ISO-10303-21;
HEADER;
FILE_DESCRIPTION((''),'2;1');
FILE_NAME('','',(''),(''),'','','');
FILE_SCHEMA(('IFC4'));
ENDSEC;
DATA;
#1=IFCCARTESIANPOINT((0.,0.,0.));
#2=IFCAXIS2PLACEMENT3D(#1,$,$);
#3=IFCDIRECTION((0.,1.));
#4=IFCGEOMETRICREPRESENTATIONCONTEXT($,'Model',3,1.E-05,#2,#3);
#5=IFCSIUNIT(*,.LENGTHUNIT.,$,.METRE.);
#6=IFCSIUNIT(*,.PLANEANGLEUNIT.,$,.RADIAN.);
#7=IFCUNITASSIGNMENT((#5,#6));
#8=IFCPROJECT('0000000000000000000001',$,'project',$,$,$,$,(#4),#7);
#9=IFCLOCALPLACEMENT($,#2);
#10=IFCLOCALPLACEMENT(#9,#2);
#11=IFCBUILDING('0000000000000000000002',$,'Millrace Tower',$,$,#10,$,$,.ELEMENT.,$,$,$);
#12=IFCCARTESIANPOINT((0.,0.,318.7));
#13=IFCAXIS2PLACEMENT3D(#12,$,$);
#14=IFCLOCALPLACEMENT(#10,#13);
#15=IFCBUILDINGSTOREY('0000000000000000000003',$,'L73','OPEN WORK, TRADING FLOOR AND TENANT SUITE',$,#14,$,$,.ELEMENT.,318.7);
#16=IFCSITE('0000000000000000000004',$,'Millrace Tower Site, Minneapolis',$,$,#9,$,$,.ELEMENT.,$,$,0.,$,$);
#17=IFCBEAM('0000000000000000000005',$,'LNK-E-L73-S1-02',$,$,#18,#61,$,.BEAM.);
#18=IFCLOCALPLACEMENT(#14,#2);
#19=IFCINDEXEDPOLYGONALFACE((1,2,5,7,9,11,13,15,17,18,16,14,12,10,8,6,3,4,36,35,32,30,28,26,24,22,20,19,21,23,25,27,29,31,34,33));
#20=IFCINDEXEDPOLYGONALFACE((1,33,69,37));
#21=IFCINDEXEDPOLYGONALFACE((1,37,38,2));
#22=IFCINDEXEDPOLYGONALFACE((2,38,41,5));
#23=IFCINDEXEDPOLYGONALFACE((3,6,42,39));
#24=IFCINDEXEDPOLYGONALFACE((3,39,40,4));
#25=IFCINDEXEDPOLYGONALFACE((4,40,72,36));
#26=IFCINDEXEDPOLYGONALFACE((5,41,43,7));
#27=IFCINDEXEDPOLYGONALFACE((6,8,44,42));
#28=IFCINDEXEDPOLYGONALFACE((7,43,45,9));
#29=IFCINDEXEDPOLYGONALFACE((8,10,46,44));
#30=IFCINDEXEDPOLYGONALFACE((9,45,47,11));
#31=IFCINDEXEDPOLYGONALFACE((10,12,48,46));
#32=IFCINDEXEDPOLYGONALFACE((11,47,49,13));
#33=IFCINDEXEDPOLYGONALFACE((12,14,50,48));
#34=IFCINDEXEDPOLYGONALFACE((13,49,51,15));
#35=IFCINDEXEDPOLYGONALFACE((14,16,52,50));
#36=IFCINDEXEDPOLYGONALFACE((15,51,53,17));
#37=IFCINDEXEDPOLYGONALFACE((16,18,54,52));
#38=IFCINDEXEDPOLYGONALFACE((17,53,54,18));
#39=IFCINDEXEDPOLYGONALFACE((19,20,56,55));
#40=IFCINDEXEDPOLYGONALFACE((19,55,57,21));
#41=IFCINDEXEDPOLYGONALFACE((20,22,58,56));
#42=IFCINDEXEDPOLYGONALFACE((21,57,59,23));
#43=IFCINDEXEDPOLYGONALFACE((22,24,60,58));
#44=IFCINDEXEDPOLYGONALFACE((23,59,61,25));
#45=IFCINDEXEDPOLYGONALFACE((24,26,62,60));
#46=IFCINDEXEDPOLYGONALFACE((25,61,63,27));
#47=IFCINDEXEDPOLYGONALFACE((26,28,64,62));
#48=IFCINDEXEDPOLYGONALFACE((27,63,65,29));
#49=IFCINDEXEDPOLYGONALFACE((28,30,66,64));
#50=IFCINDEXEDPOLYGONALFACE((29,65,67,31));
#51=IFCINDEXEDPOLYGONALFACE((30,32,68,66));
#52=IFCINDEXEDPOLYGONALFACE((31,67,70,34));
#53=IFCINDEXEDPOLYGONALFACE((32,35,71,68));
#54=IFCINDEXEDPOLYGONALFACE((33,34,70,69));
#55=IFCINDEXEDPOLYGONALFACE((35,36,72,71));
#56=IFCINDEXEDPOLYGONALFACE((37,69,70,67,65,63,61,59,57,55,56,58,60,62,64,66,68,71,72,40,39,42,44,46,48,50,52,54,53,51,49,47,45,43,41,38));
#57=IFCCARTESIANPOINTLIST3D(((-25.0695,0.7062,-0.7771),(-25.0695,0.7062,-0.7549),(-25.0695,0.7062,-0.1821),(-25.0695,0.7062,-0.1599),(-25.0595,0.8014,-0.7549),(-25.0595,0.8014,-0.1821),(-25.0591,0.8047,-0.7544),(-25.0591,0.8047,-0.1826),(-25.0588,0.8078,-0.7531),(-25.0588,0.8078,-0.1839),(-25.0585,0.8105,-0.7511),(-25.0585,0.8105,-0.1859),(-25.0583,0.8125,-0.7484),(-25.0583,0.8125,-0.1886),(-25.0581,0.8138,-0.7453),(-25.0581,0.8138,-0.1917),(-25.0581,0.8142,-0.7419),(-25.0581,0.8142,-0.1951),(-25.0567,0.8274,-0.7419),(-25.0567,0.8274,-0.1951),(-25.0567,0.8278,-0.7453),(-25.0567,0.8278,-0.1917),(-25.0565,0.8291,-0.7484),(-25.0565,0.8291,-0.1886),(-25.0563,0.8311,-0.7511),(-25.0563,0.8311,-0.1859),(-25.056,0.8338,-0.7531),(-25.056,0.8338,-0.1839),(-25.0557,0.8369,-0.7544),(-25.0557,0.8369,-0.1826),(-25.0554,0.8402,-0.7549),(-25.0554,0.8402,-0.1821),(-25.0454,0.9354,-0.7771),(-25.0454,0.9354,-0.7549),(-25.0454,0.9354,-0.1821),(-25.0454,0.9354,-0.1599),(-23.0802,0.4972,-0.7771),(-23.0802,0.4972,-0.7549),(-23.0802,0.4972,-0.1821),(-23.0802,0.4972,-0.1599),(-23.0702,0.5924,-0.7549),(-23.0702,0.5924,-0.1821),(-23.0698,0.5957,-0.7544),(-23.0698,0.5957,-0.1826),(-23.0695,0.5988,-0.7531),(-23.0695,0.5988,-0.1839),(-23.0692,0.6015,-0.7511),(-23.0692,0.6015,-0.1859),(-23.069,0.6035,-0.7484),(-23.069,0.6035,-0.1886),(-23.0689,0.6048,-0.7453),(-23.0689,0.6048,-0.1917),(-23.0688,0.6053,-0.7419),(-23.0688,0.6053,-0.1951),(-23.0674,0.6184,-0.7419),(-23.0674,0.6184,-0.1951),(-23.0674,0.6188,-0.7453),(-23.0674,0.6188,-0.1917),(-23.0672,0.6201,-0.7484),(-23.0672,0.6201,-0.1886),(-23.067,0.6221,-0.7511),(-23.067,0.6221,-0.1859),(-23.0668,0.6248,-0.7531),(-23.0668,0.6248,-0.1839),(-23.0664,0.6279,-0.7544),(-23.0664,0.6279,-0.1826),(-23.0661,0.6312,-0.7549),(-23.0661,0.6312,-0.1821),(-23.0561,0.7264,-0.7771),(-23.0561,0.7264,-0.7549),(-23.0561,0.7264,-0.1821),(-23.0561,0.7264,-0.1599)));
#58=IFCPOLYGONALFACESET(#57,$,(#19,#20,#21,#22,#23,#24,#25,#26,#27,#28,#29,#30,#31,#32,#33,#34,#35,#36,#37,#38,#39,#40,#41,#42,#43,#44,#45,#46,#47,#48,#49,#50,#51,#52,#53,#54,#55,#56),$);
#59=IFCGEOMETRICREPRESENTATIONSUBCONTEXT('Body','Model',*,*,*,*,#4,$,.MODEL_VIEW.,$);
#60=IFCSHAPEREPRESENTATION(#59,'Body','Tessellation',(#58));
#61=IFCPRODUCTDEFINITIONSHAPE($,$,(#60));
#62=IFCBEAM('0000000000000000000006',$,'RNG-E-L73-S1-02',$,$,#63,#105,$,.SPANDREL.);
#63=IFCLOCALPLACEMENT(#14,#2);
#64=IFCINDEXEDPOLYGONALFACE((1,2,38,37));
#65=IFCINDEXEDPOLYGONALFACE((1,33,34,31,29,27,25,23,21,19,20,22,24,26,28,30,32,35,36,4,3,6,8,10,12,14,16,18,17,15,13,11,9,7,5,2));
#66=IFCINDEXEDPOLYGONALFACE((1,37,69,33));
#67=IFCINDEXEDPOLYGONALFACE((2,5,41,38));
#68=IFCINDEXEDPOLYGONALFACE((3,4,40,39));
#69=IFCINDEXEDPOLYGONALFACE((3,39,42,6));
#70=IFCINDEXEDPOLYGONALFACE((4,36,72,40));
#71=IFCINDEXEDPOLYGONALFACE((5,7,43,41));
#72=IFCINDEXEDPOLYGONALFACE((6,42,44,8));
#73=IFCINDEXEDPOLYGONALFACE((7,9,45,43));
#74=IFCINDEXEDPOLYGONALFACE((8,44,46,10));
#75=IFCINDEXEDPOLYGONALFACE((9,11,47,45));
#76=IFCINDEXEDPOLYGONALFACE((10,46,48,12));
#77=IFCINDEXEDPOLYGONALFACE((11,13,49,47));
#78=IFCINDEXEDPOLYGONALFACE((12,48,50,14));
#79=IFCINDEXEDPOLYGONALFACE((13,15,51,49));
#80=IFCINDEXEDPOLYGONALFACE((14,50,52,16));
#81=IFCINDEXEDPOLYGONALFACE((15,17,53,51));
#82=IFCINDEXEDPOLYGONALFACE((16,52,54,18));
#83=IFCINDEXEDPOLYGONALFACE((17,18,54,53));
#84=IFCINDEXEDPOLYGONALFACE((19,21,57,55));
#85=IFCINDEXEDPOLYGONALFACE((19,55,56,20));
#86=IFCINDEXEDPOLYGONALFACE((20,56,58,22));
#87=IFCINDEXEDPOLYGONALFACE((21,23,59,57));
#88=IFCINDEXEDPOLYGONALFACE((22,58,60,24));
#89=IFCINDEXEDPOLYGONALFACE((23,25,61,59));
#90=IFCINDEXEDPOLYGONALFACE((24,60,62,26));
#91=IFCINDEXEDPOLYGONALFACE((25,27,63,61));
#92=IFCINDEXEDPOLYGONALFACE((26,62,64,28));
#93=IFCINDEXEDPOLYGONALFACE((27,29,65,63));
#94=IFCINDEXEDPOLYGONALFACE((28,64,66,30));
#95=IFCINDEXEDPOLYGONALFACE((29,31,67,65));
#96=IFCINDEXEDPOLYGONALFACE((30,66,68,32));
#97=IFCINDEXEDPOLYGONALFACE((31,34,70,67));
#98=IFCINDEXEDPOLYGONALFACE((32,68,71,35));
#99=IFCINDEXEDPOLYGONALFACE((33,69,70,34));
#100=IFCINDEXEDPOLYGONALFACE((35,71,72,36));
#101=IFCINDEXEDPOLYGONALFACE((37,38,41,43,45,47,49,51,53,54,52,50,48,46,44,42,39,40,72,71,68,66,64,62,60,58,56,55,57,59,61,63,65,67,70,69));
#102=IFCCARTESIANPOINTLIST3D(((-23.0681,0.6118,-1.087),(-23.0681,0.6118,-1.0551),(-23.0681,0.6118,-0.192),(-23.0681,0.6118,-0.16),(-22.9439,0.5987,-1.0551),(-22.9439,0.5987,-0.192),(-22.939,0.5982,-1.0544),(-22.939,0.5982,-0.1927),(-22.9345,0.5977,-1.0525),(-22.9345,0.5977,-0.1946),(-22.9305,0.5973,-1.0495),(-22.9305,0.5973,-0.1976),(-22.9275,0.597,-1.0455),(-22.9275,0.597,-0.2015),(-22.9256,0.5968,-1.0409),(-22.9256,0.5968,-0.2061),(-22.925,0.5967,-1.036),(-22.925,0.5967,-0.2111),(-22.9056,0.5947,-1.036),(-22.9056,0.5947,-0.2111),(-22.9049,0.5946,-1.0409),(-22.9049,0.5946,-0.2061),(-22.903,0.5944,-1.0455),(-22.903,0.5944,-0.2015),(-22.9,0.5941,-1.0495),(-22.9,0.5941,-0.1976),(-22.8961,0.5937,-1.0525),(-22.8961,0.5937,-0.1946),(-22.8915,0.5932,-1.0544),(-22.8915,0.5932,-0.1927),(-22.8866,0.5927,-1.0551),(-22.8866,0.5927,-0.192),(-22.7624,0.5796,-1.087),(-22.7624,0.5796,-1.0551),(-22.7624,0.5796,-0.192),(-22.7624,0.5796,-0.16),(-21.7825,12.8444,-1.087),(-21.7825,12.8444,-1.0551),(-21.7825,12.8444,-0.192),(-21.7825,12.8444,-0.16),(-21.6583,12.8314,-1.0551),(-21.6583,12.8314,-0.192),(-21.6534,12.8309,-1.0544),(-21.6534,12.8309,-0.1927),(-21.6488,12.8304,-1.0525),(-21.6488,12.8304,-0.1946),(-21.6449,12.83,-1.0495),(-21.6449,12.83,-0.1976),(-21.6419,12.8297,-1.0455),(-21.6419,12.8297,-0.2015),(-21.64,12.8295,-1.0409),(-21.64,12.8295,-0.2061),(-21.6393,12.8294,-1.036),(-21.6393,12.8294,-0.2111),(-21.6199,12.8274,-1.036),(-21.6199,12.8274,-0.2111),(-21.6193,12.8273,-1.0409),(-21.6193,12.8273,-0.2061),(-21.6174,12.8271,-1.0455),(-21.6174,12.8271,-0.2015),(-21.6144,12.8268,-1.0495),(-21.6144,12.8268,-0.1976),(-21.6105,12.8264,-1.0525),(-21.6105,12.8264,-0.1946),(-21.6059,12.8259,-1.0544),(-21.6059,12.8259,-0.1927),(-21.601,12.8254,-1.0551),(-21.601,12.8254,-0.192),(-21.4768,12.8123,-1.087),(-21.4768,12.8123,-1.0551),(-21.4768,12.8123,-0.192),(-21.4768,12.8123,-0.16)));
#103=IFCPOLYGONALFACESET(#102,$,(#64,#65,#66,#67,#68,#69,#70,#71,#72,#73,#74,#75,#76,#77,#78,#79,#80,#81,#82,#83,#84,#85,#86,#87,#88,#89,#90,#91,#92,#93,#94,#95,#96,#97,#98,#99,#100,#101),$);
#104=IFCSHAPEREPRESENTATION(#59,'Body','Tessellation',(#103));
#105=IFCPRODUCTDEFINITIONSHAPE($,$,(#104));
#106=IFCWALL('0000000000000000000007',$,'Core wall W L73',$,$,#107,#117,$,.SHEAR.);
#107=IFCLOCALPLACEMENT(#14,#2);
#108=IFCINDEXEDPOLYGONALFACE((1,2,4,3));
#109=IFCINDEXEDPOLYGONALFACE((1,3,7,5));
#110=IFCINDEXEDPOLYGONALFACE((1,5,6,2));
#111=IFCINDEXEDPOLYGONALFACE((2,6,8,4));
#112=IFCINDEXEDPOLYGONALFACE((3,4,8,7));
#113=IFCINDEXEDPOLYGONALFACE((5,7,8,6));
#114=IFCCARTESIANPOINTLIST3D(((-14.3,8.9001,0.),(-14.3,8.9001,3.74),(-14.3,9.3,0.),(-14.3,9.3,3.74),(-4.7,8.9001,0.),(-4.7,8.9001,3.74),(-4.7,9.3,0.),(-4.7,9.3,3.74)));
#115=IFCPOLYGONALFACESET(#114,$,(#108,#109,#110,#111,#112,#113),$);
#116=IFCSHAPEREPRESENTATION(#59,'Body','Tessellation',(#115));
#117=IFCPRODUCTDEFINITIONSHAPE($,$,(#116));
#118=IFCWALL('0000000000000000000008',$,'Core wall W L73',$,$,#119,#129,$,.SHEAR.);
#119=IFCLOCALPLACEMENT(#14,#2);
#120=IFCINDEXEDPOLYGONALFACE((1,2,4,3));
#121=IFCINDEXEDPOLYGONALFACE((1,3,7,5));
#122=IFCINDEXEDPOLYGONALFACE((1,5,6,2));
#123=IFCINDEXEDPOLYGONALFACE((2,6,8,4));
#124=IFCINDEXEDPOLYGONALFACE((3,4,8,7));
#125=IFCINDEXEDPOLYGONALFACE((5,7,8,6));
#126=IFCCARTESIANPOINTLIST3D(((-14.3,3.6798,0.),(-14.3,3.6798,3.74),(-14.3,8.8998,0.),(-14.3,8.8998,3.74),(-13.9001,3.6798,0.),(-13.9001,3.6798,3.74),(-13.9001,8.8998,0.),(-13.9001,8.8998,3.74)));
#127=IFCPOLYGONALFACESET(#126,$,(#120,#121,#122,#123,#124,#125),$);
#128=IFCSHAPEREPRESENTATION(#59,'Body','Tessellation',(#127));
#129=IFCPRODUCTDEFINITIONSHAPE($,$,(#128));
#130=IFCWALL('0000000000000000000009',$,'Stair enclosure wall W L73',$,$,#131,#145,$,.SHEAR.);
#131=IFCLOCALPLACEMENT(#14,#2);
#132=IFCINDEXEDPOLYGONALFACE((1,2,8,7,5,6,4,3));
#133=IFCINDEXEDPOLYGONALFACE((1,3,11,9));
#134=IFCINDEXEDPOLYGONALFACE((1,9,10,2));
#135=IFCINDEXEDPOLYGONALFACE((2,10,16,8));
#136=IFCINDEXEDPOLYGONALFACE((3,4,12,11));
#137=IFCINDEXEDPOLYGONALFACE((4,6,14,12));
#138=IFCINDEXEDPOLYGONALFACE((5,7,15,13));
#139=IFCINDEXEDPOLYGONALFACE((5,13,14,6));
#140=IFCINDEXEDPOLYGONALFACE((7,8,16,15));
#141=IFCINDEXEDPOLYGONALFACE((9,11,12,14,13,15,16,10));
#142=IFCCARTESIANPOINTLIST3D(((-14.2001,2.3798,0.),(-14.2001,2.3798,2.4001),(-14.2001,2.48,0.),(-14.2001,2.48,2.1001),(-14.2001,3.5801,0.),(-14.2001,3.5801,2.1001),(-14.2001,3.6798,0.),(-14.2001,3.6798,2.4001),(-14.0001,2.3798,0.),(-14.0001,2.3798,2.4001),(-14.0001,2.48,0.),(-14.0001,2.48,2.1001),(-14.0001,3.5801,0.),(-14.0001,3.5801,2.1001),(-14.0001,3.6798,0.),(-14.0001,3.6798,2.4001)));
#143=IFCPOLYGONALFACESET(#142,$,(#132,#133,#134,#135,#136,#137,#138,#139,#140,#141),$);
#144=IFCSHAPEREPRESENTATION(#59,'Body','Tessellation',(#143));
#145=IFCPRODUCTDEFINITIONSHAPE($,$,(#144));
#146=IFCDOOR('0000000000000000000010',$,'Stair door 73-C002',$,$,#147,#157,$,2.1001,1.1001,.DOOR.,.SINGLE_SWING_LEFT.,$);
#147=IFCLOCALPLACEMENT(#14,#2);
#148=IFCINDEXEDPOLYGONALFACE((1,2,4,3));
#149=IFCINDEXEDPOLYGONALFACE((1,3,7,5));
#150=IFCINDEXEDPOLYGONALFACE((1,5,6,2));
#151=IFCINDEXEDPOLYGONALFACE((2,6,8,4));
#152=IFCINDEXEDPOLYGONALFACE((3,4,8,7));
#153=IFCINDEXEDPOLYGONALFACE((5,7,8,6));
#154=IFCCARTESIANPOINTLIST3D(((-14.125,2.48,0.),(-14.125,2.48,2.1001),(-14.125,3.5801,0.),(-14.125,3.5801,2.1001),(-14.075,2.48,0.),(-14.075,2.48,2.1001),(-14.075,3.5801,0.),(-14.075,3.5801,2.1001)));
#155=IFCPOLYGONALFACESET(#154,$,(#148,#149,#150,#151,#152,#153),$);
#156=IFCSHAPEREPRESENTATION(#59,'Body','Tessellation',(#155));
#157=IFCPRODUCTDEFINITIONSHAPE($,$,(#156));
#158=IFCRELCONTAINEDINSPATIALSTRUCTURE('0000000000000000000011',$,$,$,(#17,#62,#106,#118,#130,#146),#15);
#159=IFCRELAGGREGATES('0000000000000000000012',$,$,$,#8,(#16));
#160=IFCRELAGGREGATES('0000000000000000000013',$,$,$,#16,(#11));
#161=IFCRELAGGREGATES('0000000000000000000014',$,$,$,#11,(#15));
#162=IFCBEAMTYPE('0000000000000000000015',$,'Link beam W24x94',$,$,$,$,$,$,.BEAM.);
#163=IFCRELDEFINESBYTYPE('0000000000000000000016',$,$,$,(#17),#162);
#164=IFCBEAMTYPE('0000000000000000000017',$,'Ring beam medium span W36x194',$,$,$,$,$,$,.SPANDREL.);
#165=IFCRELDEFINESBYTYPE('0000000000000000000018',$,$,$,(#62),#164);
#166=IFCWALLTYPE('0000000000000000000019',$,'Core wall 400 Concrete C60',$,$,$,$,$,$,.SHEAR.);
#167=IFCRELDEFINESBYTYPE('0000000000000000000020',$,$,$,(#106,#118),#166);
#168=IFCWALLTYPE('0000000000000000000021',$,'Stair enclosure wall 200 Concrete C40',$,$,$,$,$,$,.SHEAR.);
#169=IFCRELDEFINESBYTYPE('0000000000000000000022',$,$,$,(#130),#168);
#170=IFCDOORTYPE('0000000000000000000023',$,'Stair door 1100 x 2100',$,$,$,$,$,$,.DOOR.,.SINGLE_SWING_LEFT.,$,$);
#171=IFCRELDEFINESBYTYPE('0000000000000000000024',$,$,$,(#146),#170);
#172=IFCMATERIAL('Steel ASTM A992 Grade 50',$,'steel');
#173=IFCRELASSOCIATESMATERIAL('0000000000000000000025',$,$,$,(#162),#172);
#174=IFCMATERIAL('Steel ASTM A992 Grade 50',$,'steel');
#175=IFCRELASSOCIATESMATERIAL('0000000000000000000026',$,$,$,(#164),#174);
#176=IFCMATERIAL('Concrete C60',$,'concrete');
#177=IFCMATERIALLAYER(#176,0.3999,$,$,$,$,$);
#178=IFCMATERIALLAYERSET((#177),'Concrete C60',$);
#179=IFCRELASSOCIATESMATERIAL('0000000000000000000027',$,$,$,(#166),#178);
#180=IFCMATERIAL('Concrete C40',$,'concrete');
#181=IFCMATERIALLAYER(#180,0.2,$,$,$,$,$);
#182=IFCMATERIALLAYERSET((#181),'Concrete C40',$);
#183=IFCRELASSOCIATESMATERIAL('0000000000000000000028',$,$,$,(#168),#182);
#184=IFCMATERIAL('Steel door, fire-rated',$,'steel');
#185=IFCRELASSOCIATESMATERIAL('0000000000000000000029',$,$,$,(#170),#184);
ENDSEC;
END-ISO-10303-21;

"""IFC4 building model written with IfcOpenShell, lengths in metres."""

from ifc_helpers import new_model, si_unit, direction, frame, frame_2d, origin, origin_2d, place, context, subcontext, project, spatial, rectangle, i_section, extrude, material, layer, layer_set, material_profile, profile_set, type_object, element, fill, save


model = new_model("IFC4")

# Units and contexts
model_context = context("Model", 3, precision=1e-05, world=origin(), true_north=direction((0.0, 1.0)))
body_context = subcontext(model_context, "Body", "Model", "MODEL_VIEW")
ifc_project = project(units=[si_unit("LENGTHUNIT", "METRE"), si_unit("PLANEANGLEUNIT", "RADIAN")], contexts=[model_context])

# Site, building, storey
site_placement = place(None, origin())
site = spatial("IfcSite", under=ifc_project, at=site_placement, Name="Millrace Tower Site, Minneapolis", CompositionType="ELEMENT", RefElevation=0.0)
building_placement = place(site_placement, origin())
building = spatial("IfcBuilding", under=site, at=building_placement, Name="Millrace Tower", CompositionType="ELEMENT")
storey_placement = place(building_placement, frame((0.0, 0.0, 318.7)))
storey = spatial("IfcBuildingStorey", under=building, at=storey_placement, Name="L73", Description="OPEN WORK, TRADING FLOOR AND TENANT SUITE", CompositionType="ELEMENT", Elevation=318.7)

# Beams
ifc_material_1 = material(Name="Steel ASTM A992 Grade 50", Category="steel")
ifc_material_profile_1 = material_profile(ifc_material_1, i_section(OverallWidth=0.2305, OverallDepth=0.6172, WebThickness=0.0132, FlangeThickness=0.0222, FilletRadius=0.0129, at=origin_2d()))
ifc_profile_set_1 = profile_set([ifc_material_profile_1], Name="Steel ASTM A992 Grade 50")
beam_type_1 = type_object("IfcBeamType", Name="Link beam W24x94", PredefinedType="BEAM", material=ifc_profile_set_1)
beam_1_placement = place(storey_placement, frame((-23.0681, 0.6118, -0.4685), z_axis=(-0.994527, 0.104481, 0.0), x_axis=(-0.104481, -0.994527, 0.0)))
element("IfcBeam", 1, at=beam_1_placement, inside=storey, type_object=beam_type_1, Name="LNK-E-L73-S1-02", PredefinedType="BEAM", context=body_context, shape_type="SweptSolid", body=[
    extrude(i_section(OverallWidth=0.2305, OverallDepth=0.6172, WebThickness=0.0132, FlangeThickness=0.0222, FilletRadius=0.0129, at=origin_2d()), origin(), (0.0, 0.0, 1.0), 2.0002),
])
ifc_material_2 = material(Name="Steel ASTM A992 Grade 50", Category="steel")
ifc_material_profile_2 = material_profile(ifc_material_2, i_section(OverallWidth=0.3074, OverallDepth=0.927, WebThickness=0.0195, FlangeThickness=0.032, FilletRadius=0.019, at=origin_2d()))
ifc_profile_set_2 = profile_set([ifc_material_profile_2], Name="Steel ASTM A992 Grade 50")
beam_type_2 = type_object("IfcBeamType", Name="Ring beam medium span W36x194", PredefinedType="SPANDREL", material=ifc_profile_set_2)
beam_2_placement = place(storey_placement, frame((-22.9153, 0.5957, -0.6235), z_axis=(0.104524, 0.994522, 0.0), x_axis=(-0.994522, 0.104524, 0.0)))
element("IfcBeam", 2, at=beam_2_placement, inside=storey, type_object=beam_type_2, Name="RNG-E-L73-S1-02", PredefinedType="SPANDREL", context=body_context, shape_type="SweptSolid", body=[
    extrude(i_section(OverallWidth=0.3074, OverallDepth=0.927, WebThickness=0.0195, FlangeThickness=0.032, FilletRadius=0.019, at=origin_2d()), origin(), (0.0, 0.0, 1.0), 12.3),
])

# Walls
ifc_material_3 = material(Name="Concrete C60", Category="concrete")
ifc_layer_1 = layer(ifc_material_3, 0.3999)
ifc_layer_set_1 = layer_set([ifc_layer_1], Name="Concrete C60")
wall_type_1 = type_object("IfcWallType", Name="Core wall 400 Concrete C60", PredefinedType="SHEAR", material=ifc_layer_set_1)
wall_1_placement = place(storey_placement, frame((-14.3, 9.1001, 0.0), z_axis=(0.0, 0.0, 1.0), x_axis=(1.0, 0.0, 0.0)))
element("IfcWall", 3, at=wall_1_placement, inside=storey, type_object=wall_type_1, Name="Core wall W L73", PredefinedType="SHEAR", context=body_context, shape_type="SweptSolid", body=[
    extrude(rectangle(XDim=9.6001, YDim=0.3999, at=frame_2d((4.8, 0.0))), origin(), (0.0, 0.0, 1.0), 3.74),
])
wall_2_placement = place(storey_placement, frame((-14.1001, 3.6799, 0.0), z_axis=(0.0, 0.0, 1.0), x_axis=(0.0, 1.0, 0.0)))
element("IfcWall", 4, at=wall_2_placement, inside=storey, type_object=wall_type_1, Name="Core wall W L73", PredefinedType="SHEAR", context=body_context, shape_type="SweptSolid", body=[
    extrude(rectangle(XDim=5.22, YDim=0.3999, at=frame_2d((2.6099, 0.0))), origin(), (0.0, 0.0, 1.0), 3.74),
])

# Wall, opening, door
ifc_material_4 = material(Name="Concrete C40", Category="concrete")
ifc_layer_2 = layer(ifc_material_4, 0.2)
ifc_layer_set_2 = layer_set([ifc_layer_2], Name="Concrete C40")
wall_type_2 = type_object("IfcWallType", Name="Stair enclosure wall 200 Concrete C40", PredefinedType="SHEAR", material=ifc_layer_set_2)
wall_3_placement = place(storey_placement, frame((-14.1001, 2.3799, 0.0), z_axis=(0.0, 0.0, 1.0), x_axis=(0.0, 1.0, 0.0)))
wall_3 = element("IfcWall", 5, at=wall_3_placement, inside=storey, type_object=wall_type_2, Name="Stair enclosure wall W L73", PredefinedType="SHEAR", context=body_context, shape_type="SweptSolid", body=[
    extrude(rectangle(XDim=1.3, YDim=0.2, at=frame_2d((0.6499, 0.0))), origin(), (0.0, 0.0, 1.0), 2.4001),
])
opening_1_placement = place(wall_3_placement, frame((0.1001, 0.0, 0.0)))
opening_1 = element("IfcOpeningElement", 6, at=opening_1_placement, cuts=wall_3, PredefinedType="OPENING", context=body_context, shape_type="SweptSolid", body=[
    extrude(rectangle(XDim=1.1001, YDim=2.1001, at=frame_2d((0.55, 1.05))), frame((0.0, 0.1099, 0.0), z_axis=(0.0, -1.0, 0.0), x_axis=(1.0, 0.0, 0.0)), (0.0, 0.0, 1.0), 0.22),
])
ifc_material_5 = material(Name="Steel door, fire-rated", Category="steel")
door_type_1 = type_object("IfcDoorType", Name="Stair door 1100 x 2100", OperationType="SINGLE_SWING_LEFT", PredefinedType="DOOR", material=ifc_material_5)
door_1_placement = place(opening_1_placement, origin())
door_1 = element("IfcDoor", 7, at=door_1_placement, inside=storey, type_object=door_type_1, Name="Stair door 73-C002", OperationType="SINGLE_SWING_LEFT", OverallHeight=2.1001, OverallWidth=1.1001, PredefinedType="DOOR", context=body_context, shape_type="SweptSolid", body=[
    extrude(rectangle(XDim=1.1001, YDim=2.1001, at=frame_2d((0.55, 1.05))), frame((0.0, 0.0249, 0.0), z_axis=(0.0, -1.0, 0.0), x_axis=(1.0, 0.0, 0.0)), (0.0, 0.0, 1.0), 0.05),
])
fill(opening_1, door_1)

save(model, "model.ifc")
